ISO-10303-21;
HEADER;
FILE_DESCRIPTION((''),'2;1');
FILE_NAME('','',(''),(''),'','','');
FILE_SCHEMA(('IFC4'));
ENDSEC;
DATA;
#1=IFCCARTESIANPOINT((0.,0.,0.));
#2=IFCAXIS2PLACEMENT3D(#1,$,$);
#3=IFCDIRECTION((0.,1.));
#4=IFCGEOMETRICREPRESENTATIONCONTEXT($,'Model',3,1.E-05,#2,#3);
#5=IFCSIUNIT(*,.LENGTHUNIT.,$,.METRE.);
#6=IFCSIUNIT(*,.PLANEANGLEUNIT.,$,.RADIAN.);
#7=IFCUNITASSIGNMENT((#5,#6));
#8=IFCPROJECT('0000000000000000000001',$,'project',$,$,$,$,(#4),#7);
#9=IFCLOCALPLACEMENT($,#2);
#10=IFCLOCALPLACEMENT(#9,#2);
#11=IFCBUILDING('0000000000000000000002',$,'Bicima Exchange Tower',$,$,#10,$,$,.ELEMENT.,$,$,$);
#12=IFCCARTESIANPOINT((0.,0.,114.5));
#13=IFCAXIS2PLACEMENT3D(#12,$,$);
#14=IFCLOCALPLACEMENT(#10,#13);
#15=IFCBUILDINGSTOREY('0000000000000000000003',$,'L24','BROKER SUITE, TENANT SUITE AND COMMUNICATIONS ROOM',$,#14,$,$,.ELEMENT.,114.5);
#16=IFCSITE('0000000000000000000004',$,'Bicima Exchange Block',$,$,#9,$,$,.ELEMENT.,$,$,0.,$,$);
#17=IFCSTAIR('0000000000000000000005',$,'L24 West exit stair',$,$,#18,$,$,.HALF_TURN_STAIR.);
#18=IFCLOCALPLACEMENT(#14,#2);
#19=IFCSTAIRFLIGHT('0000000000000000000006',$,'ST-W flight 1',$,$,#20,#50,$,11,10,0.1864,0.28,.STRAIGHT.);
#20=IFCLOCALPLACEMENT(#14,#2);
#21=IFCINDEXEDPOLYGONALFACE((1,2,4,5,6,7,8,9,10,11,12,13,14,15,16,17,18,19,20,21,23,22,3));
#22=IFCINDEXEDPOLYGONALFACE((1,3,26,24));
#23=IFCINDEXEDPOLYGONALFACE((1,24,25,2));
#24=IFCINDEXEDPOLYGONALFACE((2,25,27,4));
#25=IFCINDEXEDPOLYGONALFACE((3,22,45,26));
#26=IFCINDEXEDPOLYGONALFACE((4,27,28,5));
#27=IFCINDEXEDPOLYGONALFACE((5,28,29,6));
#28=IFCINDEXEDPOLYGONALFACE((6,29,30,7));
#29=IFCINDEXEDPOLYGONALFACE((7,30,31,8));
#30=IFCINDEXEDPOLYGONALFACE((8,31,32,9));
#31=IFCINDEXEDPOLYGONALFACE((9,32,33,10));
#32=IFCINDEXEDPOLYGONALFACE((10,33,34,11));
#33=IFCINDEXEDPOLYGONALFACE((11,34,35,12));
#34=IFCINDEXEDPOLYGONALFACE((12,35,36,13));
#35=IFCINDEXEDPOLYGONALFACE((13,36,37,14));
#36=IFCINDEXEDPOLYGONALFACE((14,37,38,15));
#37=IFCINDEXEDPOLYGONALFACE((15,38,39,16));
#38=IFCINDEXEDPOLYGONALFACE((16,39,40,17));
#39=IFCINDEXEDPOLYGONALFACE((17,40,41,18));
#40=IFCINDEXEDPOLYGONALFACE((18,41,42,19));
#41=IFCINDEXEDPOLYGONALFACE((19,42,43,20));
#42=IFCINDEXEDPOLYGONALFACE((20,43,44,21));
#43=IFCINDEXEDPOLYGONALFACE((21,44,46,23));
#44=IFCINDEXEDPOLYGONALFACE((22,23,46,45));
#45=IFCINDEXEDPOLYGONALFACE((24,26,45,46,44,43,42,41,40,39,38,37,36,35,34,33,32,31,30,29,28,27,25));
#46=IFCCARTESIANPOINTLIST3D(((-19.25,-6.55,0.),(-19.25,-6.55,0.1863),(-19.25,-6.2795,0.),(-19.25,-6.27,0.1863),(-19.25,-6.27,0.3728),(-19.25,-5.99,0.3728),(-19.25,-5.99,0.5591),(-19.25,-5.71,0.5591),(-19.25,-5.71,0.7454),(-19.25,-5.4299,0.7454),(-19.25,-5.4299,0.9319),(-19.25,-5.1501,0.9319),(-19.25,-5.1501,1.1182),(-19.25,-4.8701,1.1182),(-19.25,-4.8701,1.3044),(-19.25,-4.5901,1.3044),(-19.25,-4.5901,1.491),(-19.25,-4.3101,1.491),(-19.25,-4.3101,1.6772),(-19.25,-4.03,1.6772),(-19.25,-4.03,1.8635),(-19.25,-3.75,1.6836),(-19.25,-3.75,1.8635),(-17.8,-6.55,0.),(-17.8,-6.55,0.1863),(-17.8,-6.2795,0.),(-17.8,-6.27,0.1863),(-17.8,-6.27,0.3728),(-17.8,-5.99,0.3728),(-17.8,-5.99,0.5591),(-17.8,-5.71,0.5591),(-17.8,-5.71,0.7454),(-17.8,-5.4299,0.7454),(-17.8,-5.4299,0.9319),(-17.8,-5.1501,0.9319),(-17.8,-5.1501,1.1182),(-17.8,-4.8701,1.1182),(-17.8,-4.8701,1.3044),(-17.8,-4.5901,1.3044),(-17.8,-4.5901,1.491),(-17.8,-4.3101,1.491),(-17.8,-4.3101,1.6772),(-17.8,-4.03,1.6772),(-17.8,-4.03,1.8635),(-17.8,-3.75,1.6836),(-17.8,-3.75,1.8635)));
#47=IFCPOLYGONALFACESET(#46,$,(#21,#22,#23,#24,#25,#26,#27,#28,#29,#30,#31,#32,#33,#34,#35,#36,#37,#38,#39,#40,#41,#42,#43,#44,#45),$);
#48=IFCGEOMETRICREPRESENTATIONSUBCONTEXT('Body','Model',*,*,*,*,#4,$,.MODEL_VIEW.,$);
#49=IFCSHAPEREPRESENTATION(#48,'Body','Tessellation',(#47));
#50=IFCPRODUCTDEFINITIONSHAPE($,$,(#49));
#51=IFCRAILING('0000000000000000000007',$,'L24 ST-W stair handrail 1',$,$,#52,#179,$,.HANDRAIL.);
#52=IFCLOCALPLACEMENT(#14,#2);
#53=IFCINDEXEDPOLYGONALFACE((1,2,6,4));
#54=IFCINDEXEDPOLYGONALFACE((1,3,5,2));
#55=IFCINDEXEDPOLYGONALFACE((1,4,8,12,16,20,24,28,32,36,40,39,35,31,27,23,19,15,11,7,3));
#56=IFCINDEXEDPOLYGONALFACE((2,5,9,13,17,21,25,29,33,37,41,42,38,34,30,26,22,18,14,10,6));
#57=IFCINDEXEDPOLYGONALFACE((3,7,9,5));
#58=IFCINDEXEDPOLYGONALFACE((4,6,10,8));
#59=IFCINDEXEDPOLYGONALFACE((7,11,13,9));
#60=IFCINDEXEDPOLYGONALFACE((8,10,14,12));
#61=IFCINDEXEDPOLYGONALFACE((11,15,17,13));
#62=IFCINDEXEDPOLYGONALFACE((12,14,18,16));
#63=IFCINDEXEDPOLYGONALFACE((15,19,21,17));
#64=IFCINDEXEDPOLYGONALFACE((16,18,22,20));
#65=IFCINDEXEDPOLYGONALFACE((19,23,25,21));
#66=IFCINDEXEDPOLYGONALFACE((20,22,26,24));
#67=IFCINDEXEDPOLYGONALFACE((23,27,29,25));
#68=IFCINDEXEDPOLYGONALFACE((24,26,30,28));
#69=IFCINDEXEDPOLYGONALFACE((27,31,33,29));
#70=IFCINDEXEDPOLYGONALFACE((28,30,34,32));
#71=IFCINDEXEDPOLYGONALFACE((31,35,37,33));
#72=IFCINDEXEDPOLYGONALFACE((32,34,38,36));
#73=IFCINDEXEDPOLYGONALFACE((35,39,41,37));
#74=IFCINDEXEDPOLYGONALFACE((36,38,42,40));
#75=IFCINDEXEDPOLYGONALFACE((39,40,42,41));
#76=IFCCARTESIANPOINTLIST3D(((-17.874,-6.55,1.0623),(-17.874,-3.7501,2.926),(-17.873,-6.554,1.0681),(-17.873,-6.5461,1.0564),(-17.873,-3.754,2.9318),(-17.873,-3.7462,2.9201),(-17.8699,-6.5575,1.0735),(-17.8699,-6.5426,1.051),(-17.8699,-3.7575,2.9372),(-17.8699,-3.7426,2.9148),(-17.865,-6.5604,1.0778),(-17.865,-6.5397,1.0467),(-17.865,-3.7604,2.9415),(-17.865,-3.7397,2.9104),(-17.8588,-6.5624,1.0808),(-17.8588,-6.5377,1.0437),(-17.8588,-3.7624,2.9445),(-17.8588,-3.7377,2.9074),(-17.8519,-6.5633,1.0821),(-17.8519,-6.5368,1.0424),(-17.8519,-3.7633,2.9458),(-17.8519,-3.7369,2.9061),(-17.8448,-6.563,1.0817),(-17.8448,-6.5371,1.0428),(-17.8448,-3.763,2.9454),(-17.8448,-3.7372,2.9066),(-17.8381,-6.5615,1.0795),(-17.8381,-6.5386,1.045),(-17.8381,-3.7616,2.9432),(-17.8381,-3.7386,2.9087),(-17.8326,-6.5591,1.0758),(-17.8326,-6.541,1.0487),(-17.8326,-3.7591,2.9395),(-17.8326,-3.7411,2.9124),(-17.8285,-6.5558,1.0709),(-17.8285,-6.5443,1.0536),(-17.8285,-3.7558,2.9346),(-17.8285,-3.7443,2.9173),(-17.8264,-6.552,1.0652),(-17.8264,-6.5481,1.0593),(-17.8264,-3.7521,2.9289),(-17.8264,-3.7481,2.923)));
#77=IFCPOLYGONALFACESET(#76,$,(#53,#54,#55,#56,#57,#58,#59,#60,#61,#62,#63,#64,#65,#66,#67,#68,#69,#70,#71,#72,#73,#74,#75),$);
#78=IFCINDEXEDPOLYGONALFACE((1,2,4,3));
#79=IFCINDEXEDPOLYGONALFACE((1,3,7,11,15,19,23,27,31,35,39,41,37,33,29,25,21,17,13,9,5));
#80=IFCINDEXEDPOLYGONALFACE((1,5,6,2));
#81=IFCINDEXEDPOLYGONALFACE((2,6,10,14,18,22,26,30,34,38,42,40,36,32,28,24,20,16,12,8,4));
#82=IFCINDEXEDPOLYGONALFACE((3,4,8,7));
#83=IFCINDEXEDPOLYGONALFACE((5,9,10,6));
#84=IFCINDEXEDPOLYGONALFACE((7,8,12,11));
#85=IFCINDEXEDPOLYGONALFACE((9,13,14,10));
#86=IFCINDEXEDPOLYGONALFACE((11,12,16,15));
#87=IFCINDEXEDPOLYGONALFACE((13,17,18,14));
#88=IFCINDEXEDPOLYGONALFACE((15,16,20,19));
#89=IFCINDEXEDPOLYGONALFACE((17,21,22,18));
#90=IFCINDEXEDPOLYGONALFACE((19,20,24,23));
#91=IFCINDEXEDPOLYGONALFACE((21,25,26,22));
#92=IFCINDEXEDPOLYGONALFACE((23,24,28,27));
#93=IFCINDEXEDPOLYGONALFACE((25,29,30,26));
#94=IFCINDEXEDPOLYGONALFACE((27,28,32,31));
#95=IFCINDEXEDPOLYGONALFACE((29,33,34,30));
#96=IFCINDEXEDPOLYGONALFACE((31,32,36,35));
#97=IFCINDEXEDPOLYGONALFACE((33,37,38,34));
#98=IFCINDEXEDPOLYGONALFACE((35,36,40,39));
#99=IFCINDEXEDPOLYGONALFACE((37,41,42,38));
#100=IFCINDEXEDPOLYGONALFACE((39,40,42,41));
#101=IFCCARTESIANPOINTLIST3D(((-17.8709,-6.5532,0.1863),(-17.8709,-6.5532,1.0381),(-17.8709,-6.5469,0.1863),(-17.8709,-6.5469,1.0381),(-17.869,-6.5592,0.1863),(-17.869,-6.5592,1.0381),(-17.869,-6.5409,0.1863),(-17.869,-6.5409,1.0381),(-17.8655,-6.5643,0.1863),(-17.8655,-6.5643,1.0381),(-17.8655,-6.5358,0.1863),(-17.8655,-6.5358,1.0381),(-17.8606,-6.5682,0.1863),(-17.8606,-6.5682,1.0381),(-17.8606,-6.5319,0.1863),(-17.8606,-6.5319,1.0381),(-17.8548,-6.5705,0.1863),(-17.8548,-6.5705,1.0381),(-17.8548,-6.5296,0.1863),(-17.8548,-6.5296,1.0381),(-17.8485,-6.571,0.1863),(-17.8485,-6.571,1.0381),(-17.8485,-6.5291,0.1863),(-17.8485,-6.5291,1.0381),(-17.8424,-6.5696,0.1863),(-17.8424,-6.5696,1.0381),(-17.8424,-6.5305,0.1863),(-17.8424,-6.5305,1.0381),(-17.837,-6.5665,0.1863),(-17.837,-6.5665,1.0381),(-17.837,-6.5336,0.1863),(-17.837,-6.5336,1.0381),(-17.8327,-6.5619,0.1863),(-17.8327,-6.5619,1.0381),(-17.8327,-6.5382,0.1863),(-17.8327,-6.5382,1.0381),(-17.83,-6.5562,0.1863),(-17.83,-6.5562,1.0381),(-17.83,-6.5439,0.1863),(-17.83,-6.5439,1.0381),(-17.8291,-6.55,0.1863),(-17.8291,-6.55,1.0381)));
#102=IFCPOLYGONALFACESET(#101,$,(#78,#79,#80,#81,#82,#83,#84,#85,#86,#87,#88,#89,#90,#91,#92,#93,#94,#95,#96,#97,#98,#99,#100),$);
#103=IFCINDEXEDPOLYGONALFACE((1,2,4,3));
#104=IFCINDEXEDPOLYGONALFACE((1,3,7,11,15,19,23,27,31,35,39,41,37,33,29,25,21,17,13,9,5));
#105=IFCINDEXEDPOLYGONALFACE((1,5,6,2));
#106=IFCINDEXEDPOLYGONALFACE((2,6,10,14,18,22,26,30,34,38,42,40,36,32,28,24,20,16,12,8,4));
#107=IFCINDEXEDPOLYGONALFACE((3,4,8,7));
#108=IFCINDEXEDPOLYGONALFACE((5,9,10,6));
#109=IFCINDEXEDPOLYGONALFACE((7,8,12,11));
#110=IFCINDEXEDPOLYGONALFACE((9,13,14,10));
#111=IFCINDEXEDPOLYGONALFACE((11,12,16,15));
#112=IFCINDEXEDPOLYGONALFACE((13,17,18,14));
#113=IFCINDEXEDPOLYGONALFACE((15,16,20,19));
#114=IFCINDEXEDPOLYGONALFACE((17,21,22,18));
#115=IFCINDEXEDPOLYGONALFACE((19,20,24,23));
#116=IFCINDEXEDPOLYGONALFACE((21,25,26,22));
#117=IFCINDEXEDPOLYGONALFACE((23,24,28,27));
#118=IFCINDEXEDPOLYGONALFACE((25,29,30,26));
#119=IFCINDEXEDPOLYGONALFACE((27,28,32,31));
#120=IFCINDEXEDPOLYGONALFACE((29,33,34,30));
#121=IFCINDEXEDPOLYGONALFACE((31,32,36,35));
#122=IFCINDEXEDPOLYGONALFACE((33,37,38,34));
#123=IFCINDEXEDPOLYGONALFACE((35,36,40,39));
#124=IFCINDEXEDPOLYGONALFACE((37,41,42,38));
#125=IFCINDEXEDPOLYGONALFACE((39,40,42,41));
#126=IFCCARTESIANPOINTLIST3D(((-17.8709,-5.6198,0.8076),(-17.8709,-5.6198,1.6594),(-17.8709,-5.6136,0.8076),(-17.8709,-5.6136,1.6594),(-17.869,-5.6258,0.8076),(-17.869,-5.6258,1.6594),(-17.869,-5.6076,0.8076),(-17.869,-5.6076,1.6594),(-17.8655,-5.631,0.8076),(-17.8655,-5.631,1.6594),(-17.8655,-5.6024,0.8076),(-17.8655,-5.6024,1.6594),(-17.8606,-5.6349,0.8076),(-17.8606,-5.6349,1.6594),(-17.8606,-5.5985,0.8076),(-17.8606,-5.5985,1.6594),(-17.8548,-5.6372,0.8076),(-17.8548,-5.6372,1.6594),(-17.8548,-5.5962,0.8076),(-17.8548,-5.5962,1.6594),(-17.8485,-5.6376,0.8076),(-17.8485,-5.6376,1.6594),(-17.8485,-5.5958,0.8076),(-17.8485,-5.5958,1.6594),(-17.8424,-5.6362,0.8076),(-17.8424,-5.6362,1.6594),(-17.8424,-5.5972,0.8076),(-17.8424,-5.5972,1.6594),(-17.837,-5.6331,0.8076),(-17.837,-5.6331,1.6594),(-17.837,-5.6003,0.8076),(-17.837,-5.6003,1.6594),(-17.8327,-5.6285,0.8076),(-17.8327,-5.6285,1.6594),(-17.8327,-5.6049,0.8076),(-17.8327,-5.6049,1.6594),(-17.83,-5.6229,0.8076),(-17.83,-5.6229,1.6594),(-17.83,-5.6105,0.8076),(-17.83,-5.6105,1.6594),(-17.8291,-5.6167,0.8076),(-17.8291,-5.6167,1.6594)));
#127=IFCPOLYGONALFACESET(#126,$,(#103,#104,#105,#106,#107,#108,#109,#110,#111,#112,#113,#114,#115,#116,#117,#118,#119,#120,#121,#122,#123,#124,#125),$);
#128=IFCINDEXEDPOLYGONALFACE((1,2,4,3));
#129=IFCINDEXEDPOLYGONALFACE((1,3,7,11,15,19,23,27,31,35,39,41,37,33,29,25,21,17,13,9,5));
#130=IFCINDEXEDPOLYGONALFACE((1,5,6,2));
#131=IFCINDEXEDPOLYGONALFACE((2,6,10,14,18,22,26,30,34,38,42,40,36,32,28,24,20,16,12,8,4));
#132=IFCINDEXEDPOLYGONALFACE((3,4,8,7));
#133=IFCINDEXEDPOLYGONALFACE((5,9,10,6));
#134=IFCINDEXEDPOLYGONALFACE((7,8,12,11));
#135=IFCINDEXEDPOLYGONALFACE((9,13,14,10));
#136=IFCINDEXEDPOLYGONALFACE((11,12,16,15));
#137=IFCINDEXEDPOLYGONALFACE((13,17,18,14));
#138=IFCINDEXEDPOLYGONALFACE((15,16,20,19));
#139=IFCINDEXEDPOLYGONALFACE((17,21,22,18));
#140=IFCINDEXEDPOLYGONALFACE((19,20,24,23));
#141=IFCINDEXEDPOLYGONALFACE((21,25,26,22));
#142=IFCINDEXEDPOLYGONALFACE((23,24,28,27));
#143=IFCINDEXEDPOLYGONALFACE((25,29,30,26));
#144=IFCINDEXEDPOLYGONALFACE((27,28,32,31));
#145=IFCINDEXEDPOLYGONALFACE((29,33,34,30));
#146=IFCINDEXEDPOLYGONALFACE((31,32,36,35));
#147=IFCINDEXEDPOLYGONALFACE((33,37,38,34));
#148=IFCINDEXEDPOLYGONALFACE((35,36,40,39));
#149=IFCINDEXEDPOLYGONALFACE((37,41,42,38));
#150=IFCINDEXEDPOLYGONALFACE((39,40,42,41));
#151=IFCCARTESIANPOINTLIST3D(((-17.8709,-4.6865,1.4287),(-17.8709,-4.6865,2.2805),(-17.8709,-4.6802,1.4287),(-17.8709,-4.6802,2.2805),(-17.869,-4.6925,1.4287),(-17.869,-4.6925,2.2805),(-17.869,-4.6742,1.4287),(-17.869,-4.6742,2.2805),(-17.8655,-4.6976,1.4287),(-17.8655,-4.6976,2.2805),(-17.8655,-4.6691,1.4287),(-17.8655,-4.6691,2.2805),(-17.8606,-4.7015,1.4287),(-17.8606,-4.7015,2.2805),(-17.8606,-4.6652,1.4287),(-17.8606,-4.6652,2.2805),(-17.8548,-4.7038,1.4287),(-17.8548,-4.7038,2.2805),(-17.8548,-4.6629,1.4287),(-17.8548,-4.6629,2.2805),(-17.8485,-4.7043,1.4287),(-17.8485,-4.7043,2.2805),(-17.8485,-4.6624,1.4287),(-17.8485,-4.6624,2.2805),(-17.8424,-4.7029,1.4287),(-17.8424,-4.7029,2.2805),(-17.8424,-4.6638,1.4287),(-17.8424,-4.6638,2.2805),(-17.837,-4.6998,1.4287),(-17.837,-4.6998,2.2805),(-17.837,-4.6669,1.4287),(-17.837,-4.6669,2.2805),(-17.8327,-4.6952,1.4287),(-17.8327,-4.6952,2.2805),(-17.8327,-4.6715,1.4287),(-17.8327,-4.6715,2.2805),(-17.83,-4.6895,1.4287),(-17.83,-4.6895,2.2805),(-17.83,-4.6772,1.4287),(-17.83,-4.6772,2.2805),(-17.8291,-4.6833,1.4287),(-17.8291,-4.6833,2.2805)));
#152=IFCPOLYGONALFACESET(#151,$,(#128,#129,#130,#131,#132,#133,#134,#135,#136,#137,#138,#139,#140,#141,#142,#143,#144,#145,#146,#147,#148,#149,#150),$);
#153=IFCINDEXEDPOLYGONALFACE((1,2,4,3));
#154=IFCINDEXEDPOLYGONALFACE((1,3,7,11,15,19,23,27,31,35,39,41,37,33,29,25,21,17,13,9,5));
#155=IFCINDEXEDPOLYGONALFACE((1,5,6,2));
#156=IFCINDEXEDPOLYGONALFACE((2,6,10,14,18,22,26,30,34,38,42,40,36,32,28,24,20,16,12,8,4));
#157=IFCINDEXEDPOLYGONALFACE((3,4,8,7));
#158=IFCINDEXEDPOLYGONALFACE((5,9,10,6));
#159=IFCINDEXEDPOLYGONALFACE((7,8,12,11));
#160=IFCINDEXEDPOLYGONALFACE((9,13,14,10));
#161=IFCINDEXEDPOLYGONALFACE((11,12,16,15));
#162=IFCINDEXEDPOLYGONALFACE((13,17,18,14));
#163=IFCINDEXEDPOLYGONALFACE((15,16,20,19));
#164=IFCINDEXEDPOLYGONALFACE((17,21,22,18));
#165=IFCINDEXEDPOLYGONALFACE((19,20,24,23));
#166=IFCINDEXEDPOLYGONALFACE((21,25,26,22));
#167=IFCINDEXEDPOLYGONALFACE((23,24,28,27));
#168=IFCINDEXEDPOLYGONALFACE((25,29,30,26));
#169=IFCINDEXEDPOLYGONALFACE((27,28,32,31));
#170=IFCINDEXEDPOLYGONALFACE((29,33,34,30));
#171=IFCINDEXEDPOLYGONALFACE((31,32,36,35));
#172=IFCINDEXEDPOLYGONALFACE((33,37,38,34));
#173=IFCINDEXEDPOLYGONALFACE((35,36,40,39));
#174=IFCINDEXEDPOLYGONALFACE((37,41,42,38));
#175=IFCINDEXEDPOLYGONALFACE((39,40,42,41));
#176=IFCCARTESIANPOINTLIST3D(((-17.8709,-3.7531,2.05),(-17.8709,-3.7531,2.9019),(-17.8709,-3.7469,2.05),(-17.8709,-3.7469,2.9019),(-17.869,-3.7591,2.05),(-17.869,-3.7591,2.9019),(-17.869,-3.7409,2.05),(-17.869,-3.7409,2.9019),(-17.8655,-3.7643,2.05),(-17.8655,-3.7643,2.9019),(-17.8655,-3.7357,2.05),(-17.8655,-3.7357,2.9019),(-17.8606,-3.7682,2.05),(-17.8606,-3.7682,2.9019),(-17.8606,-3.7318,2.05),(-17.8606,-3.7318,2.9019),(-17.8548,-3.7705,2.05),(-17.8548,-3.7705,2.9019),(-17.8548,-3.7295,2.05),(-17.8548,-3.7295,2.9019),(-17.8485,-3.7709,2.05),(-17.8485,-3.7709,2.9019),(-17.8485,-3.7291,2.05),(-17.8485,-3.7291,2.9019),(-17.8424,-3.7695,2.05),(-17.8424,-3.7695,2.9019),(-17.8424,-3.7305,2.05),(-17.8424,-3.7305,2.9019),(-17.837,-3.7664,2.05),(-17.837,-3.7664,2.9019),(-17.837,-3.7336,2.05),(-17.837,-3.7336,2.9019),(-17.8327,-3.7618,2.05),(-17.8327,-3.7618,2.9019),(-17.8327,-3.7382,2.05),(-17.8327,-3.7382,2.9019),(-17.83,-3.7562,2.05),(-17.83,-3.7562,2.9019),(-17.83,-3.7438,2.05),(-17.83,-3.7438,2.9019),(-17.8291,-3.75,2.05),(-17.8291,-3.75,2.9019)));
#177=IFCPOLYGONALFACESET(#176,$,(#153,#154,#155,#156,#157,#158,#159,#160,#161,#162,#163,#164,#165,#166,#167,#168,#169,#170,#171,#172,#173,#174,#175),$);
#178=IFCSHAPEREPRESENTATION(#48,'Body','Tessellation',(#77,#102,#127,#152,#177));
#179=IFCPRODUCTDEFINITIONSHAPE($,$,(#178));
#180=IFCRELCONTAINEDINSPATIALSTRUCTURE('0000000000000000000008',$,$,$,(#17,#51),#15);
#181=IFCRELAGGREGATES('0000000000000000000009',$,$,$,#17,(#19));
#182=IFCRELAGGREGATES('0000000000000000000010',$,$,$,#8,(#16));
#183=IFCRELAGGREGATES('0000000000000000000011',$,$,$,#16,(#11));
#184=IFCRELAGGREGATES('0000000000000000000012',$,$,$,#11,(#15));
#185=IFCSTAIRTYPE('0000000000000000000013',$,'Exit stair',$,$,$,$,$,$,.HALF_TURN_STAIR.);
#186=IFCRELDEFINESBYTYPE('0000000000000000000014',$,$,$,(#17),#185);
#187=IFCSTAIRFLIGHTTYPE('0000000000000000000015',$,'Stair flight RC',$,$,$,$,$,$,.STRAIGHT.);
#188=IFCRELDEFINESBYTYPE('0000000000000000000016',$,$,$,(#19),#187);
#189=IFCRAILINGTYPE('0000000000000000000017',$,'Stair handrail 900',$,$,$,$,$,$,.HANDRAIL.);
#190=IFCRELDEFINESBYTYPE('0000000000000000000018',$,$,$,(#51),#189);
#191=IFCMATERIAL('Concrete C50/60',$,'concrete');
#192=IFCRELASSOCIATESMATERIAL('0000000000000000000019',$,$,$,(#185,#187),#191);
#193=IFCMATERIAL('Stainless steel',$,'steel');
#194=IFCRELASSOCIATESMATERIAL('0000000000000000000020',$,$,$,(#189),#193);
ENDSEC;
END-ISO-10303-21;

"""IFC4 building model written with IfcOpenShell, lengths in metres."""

from ifc_helpers import new_model, si_unit, direction, frame, origin, origin_2d, place, context, subcontext, project, spatial, polyline, circle, outline, extrude, material, type_object, element, aggregate, save


model = new_model("IFC4")

# Units and contexts
model_context = context("Model", 3, precision=1e-05, world=origin(), true_north=direction((0.0, 1.0)))
body_context = subcontext(model_context, "Body", "Model", "MODEL_VIEW")
ifc_project = project(units=[si_unit("LENGTHUNIT", "METRE"), si_unit("PLANEANGLEUNIT", "RADIAN")], contexts=[model_context])

# Site, building, storey
site_placement = place(None, origin())
site = spatial("IfcSite", under=ifc_project, at=site_placement, Name="Bicima Exchange Block", CompositionType="ELEMENT", RefElevation=0.0)
building_placement = place(site_placement, origin())
building = spatial("IfcBuilding", under=site, at=building_placement, Name="Bicima Exchange Tower", CompositionType="ELEMENT")
storey_placement = place(building_placement, frame((0.0, 0.0, 114.5)))
storey = spatial("IfcBuildingStorey", under=building, at=storey_placement, Name="L24", Description="BROKER SUITE, TENANT SUITE AND COMMUNICATIONS ROOM", CompositionType="ELEMENT", Elevation=114.5)

# Shared definitions
ifc_material_1 = material(Name="Concrete C50/60", Category="concrete")

# Shared definitions
ifc_material_2 = material(Name="Stainless steel", Category="steel")

# Stair, stair flight
stair_type = type_object("IfcStairType", Name="Exit stair", PredefinedType="HALF_TURN_STAIR", material=ifc_material_1)
stair_placement = place(storey_placement, origin())
stair = element("IfcStair", 1, at=stair_placement, inside=storey, type_object=stair_type, Name="L24 West exit stair", PredefinedType="HALF_TURN_STAIR")
stair_flight_type = type_object("IfcStairFlightType", Name="Stair flight RC", PredefinedType="STRAIGHT", material=ifc_material_1)
stair_flight_placement = place(storey_placement, frame((-18.5249, -6.55, 0.0), z_axis=(0.0, 0.0, 1.0), x_axis=(0.0, 1.0, 0.0)))
stair_flight = element("IfcStairFlight", 2, at=stair_flight_placement, type_object=stair_flight_type, Name="ST-W flight 1", NumberOfRisers=11, NumberOfTreads=10, PredefinedType="STRAIGHT", RiserHeight=0.1864, TreadLength=0.28, context=body_context, shape_type="SweptSolid", body=[
    extrude(outline(polyline([(0.0, 0.0), (0.0, 0.1863), (0.28, 0.1863), (0.28, 0.3728), (0.5601, 0.3728), (0.5601, 0.5591), (0.8401, 0.5591), (0.8401, 0.7454), (1.1201, 0.7454), (1.1201, 0.9319), (1.3999, 0.9319), (1.3999, 1.1182), (1.6799, 1.1182), (1.6799, 1.3044), (1.96, 1.3044), (1.96, 1.491), (2.24, 1.491), (2.24, 1.6772), (2.52, 1.6772), (2.52, 1.8635), (2.8, 1.8635), (2.8, 2.05), (2.8, 1.6836), (0.2705, 0.0), (0.0, 0.0)])), frame((0.0, 0.7251, 0.0), z_axis=(0.0, -1.0, 0.0), x_axis=(1.0, 0.0, 0.0)), (0.0, 0.0, 1.0), 1.45),
])
aggregate(stair, [stair_flight])

# Railing
railing_type_1 = type_object("IfcRailingType", Name="Stair handrail 900", PredefinedType="HANDRAIL", material=ifc_material_2)
railing_1_placement = place(storey_placement, frame((-17.8501, -6.55, 0.1863)))
element("IfcRailing", 3, at=railing_1_placement, inside=storey, type_object=railing_type_1, Name="L24 ST-W stair handrail 1", PredefinedType="HANDRAIL", context=body_context, shape_type="SweptSolid", body=[
    extrude(circle(Radius=0.0239, at=origin_2d()), frame((0.0, 0.0, 0.876), z_axis=(0.0, 0.832452, 0.554097), x_axis=(-1.0, 0.0, 0.0)), (0.0, 0.0, 1.0), 3.3635),
    extrude(circle(Radius=0.021, at=origin_2d()), origin(), (0.0, 0.0, 1.0), 0.8518),
    extrude(circle(Radius=0.021, at=origin_2d()), frame((0.0, 0.9333, 0.6213)), (0.0, 0.0, 1.0), 0.8518),
    extrude(circle(Radius=0.021, at=origin_2d()), frame((0.0, 1.8667, 1.2424)), (0.0, 0.0, 1.0), 0.8518),
    extrude(circle(Radius=0.021, at=origin_2d()), frame((0.0, 2.8, 1.8638)), (0.0, 0.0, 1.0), 0.8518),
])

save(model, "model.ifc")
